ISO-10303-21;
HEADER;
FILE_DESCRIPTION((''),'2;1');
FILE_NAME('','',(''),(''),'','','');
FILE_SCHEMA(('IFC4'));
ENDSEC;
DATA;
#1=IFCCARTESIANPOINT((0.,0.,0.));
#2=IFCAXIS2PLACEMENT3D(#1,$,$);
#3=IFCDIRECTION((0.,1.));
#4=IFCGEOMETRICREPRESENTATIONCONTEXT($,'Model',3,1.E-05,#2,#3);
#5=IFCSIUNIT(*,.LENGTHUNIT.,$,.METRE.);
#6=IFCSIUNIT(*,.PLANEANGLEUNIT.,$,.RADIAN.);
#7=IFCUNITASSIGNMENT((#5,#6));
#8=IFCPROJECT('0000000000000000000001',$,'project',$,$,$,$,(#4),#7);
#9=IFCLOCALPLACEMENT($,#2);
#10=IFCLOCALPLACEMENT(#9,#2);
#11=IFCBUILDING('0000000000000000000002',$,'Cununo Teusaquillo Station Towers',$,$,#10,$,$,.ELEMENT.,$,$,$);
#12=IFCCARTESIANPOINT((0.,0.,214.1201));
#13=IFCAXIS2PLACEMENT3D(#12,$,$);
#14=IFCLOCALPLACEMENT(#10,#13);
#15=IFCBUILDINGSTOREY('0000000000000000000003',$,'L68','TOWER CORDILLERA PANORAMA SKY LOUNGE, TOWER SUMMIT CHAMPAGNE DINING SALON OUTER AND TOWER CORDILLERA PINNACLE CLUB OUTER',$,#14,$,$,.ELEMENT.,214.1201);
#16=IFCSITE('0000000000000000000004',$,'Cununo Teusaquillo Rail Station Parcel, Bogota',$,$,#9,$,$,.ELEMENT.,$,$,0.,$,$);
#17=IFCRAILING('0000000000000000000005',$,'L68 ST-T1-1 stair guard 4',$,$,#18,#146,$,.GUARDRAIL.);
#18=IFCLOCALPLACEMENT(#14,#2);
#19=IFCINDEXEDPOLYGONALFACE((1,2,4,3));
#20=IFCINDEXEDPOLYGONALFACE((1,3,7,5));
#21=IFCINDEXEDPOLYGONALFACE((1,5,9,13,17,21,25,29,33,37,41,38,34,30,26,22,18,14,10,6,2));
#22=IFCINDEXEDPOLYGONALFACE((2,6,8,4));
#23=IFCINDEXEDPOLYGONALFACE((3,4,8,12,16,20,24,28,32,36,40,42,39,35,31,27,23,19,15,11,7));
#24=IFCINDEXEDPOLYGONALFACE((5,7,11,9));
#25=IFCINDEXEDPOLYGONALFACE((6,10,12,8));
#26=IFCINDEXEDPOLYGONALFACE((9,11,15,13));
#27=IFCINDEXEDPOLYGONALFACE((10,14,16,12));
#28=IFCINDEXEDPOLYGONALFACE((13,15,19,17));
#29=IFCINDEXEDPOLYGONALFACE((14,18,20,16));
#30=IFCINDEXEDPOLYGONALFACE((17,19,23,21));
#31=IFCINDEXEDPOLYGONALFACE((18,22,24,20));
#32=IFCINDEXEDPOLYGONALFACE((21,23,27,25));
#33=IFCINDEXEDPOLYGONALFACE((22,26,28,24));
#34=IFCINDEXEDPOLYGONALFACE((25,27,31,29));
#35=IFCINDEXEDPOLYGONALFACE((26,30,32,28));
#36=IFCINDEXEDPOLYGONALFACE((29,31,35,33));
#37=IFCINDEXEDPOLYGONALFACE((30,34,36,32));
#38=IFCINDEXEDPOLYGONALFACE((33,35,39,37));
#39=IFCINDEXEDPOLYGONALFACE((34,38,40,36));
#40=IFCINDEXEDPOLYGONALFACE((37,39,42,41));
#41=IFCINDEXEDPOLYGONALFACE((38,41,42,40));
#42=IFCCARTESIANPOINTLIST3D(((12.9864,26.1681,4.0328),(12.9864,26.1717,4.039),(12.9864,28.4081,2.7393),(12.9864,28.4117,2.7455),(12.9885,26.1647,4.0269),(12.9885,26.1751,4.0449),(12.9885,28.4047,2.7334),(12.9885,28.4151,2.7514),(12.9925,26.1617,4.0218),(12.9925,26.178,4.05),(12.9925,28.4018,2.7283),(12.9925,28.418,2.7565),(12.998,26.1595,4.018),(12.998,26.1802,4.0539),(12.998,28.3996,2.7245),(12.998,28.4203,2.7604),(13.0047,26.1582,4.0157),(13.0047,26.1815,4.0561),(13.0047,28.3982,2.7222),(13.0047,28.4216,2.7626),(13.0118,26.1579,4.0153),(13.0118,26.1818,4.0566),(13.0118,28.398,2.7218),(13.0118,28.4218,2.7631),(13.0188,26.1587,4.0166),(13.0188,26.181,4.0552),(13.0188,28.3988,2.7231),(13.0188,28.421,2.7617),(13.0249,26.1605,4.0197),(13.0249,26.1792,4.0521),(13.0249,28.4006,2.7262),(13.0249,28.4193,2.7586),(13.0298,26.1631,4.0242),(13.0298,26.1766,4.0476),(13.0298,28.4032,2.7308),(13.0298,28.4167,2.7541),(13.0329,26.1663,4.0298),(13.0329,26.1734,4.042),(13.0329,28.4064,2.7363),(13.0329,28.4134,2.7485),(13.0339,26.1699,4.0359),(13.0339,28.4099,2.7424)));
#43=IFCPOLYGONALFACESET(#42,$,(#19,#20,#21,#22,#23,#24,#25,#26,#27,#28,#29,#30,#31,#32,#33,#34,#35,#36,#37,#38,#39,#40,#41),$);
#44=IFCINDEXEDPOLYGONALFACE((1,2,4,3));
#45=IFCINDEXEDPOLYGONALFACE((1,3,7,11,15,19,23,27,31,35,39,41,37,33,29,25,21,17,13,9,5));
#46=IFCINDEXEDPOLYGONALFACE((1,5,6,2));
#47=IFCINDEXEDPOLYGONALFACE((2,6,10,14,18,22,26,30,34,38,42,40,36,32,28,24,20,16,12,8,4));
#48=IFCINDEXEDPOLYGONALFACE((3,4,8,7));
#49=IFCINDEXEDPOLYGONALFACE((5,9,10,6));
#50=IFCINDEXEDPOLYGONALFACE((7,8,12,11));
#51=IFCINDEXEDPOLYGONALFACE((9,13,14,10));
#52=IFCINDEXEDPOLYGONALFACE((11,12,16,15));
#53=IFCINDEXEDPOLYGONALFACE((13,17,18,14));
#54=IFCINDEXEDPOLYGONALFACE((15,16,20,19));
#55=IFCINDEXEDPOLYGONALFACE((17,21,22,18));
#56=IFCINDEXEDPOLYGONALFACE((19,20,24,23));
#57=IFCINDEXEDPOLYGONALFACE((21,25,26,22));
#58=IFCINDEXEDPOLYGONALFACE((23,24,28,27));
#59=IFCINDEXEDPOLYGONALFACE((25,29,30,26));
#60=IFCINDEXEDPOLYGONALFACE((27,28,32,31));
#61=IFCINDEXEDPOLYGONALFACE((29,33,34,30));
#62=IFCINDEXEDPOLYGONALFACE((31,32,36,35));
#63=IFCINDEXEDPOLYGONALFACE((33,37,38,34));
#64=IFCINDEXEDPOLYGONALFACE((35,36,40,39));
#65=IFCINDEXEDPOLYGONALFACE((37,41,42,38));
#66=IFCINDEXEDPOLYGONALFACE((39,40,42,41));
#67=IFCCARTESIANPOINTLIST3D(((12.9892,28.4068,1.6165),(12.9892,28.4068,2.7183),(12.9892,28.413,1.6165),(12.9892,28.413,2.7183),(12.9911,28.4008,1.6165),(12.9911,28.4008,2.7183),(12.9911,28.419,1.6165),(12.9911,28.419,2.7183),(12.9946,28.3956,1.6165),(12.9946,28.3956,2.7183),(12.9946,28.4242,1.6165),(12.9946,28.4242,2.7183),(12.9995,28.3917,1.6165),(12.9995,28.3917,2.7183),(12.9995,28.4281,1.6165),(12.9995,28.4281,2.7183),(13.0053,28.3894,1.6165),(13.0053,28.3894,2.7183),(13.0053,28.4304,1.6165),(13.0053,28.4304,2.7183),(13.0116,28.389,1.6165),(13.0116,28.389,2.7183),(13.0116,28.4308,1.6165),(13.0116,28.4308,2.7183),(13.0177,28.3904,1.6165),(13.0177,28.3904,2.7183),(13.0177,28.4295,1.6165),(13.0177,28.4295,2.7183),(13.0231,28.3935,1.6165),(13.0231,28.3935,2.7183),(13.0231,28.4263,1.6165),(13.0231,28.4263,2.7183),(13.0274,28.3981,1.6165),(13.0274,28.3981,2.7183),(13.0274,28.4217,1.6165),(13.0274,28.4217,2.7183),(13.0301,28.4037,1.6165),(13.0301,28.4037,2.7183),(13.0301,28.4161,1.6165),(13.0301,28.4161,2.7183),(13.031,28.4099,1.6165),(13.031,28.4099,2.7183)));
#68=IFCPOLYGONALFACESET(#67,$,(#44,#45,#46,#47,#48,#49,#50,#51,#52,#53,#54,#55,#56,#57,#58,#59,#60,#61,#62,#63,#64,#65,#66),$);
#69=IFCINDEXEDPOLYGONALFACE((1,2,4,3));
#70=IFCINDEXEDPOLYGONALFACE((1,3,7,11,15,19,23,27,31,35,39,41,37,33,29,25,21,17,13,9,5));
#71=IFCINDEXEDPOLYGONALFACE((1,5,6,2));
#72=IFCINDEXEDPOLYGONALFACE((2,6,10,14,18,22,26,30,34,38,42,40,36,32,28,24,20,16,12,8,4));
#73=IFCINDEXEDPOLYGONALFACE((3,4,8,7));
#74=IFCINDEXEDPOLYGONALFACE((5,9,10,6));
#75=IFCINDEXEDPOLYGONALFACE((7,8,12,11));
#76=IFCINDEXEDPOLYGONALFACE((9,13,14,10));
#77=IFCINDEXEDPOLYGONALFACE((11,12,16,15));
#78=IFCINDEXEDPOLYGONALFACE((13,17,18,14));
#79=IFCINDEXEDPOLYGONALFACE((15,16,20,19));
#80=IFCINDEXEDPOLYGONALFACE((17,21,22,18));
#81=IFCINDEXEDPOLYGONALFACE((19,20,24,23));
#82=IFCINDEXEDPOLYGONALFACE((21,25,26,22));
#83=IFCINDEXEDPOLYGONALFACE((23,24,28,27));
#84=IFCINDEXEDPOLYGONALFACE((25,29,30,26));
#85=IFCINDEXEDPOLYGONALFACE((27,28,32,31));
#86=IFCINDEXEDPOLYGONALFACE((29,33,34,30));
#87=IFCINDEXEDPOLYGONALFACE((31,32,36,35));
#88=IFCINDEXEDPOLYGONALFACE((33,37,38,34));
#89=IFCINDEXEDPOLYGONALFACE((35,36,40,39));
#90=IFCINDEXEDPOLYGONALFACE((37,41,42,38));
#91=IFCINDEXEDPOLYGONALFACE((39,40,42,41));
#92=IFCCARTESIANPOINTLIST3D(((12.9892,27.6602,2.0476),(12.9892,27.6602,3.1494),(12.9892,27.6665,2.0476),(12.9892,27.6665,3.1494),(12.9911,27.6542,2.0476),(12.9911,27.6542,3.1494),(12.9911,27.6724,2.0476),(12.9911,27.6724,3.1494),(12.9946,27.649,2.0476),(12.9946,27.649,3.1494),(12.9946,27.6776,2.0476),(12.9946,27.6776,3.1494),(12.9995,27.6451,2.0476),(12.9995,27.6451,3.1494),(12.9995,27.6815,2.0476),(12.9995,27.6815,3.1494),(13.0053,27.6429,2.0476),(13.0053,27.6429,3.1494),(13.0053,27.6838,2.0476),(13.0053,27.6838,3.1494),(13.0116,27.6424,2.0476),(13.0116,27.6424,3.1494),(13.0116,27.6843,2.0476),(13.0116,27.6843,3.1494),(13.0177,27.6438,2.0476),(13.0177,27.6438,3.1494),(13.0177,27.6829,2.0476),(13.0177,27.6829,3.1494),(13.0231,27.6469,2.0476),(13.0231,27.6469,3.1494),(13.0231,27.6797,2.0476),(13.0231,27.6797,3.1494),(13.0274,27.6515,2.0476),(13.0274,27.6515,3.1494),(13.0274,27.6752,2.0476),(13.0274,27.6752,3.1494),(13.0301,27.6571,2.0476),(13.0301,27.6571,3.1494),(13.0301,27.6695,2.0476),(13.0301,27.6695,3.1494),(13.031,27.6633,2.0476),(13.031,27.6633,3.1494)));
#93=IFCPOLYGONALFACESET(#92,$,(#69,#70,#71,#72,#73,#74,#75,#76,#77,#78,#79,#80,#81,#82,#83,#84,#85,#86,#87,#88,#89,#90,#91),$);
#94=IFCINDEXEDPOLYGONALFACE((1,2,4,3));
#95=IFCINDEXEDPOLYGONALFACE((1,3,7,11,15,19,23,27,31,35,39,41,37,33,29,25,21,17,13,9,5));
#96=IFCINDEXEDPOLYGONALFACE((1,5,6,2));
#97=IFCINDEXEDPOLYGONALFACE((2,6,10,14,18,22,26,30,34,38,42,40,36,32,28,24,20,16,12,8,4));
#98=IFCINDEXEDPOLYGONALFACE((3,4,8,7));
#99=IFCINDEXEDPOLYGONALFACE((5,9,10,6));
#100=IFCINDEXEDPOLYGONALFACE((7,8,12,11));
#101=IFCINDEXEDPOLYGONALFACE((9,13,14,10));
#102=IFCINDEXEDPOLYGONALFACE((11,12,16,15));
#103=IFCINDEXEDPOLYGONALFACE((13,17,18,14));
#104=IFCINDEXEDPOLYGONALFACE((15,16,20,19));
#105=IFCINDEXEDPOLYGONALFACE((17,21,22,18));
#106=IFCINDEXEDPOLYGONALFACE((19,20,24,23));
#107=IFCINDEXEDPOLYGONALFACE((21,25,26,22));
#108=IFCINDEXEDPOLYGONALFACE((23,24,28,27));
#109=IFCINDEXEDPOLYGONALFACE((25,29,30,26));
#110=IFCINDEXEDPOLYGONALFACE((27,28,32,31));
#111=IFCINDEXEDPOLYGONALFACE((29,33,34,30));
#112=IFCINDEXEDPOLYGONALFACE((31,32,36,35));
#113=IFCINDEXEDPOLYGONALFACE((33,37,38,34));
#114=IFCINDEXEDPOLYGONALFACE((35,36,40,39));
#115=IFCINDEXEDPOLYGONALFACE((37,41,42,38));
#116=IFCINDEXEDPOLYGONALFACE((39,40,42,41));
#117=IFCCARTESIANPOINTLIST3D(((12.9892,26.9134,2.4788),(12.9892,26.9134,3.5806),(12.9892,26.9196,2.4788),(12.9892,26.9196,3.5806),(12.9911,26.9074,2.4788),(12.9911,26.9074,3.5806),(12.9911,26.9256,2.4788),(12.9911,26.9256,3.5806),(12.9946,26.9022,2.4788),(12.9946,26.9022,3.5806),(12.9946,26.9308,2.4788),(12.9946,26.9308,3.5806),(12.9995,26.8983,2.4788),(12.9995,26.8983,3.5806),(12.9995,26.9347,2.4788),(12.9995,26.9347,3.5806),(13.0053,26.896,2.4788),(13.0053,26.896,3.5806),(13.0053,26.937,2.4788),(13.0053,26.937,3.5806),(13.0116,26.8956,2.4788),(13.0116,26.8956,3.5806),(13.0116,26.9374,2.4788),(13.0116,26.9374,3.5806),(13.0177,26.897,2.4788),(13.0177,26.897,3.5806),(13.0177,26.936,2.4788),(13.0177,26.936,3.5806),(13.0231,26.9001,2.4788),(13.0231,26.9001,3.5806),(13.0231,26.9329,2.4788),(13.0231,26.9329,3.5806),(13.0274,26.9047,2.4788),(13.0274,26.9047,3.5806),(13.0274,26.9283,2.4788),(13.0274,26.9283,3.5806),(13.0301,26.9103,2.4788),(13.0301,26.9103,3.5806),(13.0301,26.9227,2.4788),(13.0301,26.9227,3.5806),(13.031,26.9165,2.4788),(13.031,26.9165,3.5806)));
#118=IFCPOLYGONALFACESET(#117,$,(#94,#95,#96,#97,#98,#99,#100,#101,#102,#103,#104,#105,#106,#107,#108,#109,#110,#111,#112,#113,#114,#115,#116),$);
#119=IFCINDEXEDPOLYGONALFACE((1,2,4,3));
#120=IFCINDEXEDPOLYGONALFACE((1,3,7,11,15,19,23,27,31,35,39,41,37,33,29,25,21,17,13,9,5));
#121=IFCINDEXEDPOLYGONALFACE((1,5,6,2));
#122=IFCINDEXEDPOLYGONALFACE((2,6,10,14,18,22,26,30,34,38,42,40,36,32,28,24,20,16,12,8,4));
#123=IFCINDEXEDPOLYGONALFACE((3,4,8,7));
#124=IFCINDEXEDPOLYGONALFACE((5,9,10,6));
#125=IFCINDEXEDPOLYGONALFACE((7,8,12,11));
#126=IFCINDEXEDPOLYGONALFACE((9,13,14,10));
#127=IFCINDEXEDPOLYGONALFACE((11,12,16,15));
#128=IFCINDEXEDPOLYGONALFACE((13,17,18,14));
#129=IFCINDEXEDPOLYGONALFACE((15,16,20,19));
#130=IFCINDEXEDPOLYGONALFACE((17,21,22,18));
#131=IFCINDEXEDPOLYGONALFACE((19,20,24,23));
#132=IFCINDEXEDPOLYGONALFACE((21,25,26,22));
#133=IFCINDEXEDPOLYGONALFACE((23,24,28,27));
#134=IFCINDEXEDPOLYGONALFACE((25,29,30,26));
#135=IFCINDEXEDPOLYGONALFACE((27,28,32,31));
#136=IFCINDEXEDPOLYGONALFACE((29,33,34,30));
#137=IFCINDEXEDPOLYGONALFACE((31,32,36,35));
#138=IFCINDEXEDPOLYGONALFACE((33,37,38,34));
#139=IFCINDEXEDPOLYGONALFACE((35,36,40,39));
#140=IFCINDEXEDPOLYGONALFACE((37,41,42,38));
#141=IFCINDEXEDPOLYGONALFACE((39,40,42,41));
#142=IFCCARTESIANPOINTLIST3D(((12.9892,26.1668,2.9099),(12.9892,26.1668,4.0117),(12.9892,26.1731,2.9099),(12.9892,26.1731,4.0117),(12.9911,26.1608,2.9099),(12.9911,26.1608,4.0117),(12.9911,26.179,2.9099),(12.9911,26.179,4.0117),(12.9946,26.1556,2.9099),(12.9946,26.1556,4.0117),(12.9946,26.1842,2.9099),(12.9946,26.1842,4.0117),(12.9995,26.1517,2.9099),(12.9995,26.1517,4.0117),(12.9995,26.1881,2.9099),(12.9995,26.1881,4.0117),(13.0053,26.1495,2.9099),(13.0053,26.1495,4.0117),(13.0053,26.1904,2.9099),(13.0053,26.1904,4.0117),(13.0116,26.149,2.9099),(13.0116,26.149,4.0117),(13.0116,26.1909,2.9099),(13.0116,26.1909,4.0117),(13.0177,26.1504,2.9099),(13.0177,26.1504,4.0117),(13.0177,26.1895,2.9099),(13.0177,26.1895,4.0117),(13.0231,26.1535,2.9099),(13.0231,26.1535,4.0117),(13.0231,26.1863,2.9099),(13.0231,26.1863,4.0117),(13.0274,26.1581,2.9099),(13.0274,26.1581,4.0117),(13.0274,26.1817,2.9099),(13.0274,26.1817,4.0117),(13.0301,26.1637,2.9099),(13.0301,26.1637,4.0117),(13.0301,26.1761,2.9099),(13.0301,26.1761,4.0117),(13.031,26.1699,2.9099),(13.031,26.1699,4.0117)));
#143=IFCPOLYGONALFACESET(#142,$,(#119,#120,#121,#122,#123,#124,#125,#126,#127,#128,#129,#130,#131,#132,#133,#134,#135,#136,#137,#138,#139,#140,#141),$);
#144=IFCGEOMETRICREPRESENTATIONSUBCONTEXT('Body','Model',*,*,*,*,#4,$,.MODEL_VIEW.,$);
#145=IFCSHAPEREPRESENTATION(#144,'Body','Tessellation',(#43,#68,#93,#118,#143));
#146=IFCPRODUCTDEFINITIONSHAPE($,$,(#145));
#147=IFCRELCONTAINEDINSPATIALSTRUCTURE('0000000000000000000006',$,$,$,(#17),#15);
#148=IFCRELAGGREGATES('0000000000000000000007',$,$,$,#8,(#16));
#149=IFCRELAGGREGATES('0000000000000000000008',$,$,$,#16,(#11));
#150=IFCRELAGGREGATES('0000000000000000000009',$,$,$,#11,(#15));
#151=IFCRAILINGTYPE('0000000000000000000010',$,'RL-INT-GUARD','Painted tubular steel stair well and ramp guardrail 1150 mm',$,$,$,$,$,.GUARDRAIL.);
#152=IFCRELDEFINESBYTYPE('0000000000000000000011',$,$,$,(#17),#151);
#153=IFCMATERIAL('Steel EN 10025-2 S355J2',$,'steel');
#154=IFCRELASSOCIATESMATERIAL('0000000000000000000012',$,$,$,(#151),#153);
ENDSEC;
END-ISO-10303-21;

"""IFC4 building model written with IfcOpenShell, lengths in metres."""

from ifc_helpers import new_model, si_unit, direction, frame, origin, origin_2d, place, context, subcontext, project, spatial, circle, extrude, material, type_object, element, save


model = new_model("IFC4")

# Units and contexts
model_context = context("Model", 3, precision=1e-05, world=origin(), true_north=direction((0.0, 1.0)))
body_context = subcontext(model_context, "Body", "Model", "MODEL_VIEW")
ifc_project = project(units=[si_unit("LENGTHUNIT", "METRE"), si_unit("PLANEANGLEUNIT", "RADIAN")], contexts=[model_context])

# Site, building, storey
site_placement = place(None, origin())
site = spatial("IfcSite", under=ifc_project, at=site_placement, Name="Cununo Teusaquillo Rail Station Parcel, Bogota", CompositionType="ELEMENT", RefElevation=0.0)
building_placement = place(site_placement, origin())
building = spatial("IfcBuilding", under=site, at=building_placement, Name="Cununo Teusaquillo Station Towers", CompositionType="ELEMENT")
storey_placement = place(building_placement, frame((0.0, 0.0, 214.1201)))
storey = spatial("IfcBuildingStorey", under=building, at=storey_placement, Name="L68", Description="TOWER CORDILLERA PANORAMA SKY LOUNGE, TOWER SUMMIT CHAMPAGNE DINING SALON OUTER AND TOWER CORDILLERA PINNACLE CLUB OUTER", CompositionType="ELEMENT", Elevation=214.1201)

# Railing
ifc_material_1 = material(Name="Steel EN 10025-2 S355J2", Category="steel")
railing_type_1 = type_object("IfcRailingType", Name="RL-INT-GUARD", Description="Painted tubular steel stair well and ramp guardrail 1150 mm", PredefinedType="GUARDRAIL", material=ifc_material_1)
railing_1_placement = place(storey_placement, frame((13.01, 28.4099, 1.6165)))
element("IfcRailing", 1, at=railing_1_placement, inside=storey, type_object=railing_type_1, Name="L68 ST-T1-1 stair guard 4", PredefinedType="GUARDRAIL", context=body_context, shape_type="SweptSolid", body=[
    extrude(circle(Radius=0.0239, at=origin_2d()), frame((0.0, 0.0, 1.126), z_axis=(0.0, -0.865992, 0.500057), x_axis=(1.0, 0.0, 0.0)), (0.0, 0.0, 1.0), 2.5867),
    extrude(circle(Radius=0.021, at=origin_2d()), origin(), (0.0, 0.0, 1.0), 1.1018),
    extrude(circle(Radius=0.021, at=origin_2d()), frame((0.0, -0.7466, 0.4312)), (0.0, 0.0, 1.0), 1.1018),
    extrude(circle(Radius=0.021, at=origin_2d()), frame((0.0, -1.4934, 0.8623)), (0.0, 0.0, 1.0), 1.1018),
    extrude(circle(Radius=0.021, at=origin_2d()), frame((0.0, -2.24, 1.2935)), (0.0, 0.0, 1.0), 1.1018),
])

save(model, "model.ifc")
